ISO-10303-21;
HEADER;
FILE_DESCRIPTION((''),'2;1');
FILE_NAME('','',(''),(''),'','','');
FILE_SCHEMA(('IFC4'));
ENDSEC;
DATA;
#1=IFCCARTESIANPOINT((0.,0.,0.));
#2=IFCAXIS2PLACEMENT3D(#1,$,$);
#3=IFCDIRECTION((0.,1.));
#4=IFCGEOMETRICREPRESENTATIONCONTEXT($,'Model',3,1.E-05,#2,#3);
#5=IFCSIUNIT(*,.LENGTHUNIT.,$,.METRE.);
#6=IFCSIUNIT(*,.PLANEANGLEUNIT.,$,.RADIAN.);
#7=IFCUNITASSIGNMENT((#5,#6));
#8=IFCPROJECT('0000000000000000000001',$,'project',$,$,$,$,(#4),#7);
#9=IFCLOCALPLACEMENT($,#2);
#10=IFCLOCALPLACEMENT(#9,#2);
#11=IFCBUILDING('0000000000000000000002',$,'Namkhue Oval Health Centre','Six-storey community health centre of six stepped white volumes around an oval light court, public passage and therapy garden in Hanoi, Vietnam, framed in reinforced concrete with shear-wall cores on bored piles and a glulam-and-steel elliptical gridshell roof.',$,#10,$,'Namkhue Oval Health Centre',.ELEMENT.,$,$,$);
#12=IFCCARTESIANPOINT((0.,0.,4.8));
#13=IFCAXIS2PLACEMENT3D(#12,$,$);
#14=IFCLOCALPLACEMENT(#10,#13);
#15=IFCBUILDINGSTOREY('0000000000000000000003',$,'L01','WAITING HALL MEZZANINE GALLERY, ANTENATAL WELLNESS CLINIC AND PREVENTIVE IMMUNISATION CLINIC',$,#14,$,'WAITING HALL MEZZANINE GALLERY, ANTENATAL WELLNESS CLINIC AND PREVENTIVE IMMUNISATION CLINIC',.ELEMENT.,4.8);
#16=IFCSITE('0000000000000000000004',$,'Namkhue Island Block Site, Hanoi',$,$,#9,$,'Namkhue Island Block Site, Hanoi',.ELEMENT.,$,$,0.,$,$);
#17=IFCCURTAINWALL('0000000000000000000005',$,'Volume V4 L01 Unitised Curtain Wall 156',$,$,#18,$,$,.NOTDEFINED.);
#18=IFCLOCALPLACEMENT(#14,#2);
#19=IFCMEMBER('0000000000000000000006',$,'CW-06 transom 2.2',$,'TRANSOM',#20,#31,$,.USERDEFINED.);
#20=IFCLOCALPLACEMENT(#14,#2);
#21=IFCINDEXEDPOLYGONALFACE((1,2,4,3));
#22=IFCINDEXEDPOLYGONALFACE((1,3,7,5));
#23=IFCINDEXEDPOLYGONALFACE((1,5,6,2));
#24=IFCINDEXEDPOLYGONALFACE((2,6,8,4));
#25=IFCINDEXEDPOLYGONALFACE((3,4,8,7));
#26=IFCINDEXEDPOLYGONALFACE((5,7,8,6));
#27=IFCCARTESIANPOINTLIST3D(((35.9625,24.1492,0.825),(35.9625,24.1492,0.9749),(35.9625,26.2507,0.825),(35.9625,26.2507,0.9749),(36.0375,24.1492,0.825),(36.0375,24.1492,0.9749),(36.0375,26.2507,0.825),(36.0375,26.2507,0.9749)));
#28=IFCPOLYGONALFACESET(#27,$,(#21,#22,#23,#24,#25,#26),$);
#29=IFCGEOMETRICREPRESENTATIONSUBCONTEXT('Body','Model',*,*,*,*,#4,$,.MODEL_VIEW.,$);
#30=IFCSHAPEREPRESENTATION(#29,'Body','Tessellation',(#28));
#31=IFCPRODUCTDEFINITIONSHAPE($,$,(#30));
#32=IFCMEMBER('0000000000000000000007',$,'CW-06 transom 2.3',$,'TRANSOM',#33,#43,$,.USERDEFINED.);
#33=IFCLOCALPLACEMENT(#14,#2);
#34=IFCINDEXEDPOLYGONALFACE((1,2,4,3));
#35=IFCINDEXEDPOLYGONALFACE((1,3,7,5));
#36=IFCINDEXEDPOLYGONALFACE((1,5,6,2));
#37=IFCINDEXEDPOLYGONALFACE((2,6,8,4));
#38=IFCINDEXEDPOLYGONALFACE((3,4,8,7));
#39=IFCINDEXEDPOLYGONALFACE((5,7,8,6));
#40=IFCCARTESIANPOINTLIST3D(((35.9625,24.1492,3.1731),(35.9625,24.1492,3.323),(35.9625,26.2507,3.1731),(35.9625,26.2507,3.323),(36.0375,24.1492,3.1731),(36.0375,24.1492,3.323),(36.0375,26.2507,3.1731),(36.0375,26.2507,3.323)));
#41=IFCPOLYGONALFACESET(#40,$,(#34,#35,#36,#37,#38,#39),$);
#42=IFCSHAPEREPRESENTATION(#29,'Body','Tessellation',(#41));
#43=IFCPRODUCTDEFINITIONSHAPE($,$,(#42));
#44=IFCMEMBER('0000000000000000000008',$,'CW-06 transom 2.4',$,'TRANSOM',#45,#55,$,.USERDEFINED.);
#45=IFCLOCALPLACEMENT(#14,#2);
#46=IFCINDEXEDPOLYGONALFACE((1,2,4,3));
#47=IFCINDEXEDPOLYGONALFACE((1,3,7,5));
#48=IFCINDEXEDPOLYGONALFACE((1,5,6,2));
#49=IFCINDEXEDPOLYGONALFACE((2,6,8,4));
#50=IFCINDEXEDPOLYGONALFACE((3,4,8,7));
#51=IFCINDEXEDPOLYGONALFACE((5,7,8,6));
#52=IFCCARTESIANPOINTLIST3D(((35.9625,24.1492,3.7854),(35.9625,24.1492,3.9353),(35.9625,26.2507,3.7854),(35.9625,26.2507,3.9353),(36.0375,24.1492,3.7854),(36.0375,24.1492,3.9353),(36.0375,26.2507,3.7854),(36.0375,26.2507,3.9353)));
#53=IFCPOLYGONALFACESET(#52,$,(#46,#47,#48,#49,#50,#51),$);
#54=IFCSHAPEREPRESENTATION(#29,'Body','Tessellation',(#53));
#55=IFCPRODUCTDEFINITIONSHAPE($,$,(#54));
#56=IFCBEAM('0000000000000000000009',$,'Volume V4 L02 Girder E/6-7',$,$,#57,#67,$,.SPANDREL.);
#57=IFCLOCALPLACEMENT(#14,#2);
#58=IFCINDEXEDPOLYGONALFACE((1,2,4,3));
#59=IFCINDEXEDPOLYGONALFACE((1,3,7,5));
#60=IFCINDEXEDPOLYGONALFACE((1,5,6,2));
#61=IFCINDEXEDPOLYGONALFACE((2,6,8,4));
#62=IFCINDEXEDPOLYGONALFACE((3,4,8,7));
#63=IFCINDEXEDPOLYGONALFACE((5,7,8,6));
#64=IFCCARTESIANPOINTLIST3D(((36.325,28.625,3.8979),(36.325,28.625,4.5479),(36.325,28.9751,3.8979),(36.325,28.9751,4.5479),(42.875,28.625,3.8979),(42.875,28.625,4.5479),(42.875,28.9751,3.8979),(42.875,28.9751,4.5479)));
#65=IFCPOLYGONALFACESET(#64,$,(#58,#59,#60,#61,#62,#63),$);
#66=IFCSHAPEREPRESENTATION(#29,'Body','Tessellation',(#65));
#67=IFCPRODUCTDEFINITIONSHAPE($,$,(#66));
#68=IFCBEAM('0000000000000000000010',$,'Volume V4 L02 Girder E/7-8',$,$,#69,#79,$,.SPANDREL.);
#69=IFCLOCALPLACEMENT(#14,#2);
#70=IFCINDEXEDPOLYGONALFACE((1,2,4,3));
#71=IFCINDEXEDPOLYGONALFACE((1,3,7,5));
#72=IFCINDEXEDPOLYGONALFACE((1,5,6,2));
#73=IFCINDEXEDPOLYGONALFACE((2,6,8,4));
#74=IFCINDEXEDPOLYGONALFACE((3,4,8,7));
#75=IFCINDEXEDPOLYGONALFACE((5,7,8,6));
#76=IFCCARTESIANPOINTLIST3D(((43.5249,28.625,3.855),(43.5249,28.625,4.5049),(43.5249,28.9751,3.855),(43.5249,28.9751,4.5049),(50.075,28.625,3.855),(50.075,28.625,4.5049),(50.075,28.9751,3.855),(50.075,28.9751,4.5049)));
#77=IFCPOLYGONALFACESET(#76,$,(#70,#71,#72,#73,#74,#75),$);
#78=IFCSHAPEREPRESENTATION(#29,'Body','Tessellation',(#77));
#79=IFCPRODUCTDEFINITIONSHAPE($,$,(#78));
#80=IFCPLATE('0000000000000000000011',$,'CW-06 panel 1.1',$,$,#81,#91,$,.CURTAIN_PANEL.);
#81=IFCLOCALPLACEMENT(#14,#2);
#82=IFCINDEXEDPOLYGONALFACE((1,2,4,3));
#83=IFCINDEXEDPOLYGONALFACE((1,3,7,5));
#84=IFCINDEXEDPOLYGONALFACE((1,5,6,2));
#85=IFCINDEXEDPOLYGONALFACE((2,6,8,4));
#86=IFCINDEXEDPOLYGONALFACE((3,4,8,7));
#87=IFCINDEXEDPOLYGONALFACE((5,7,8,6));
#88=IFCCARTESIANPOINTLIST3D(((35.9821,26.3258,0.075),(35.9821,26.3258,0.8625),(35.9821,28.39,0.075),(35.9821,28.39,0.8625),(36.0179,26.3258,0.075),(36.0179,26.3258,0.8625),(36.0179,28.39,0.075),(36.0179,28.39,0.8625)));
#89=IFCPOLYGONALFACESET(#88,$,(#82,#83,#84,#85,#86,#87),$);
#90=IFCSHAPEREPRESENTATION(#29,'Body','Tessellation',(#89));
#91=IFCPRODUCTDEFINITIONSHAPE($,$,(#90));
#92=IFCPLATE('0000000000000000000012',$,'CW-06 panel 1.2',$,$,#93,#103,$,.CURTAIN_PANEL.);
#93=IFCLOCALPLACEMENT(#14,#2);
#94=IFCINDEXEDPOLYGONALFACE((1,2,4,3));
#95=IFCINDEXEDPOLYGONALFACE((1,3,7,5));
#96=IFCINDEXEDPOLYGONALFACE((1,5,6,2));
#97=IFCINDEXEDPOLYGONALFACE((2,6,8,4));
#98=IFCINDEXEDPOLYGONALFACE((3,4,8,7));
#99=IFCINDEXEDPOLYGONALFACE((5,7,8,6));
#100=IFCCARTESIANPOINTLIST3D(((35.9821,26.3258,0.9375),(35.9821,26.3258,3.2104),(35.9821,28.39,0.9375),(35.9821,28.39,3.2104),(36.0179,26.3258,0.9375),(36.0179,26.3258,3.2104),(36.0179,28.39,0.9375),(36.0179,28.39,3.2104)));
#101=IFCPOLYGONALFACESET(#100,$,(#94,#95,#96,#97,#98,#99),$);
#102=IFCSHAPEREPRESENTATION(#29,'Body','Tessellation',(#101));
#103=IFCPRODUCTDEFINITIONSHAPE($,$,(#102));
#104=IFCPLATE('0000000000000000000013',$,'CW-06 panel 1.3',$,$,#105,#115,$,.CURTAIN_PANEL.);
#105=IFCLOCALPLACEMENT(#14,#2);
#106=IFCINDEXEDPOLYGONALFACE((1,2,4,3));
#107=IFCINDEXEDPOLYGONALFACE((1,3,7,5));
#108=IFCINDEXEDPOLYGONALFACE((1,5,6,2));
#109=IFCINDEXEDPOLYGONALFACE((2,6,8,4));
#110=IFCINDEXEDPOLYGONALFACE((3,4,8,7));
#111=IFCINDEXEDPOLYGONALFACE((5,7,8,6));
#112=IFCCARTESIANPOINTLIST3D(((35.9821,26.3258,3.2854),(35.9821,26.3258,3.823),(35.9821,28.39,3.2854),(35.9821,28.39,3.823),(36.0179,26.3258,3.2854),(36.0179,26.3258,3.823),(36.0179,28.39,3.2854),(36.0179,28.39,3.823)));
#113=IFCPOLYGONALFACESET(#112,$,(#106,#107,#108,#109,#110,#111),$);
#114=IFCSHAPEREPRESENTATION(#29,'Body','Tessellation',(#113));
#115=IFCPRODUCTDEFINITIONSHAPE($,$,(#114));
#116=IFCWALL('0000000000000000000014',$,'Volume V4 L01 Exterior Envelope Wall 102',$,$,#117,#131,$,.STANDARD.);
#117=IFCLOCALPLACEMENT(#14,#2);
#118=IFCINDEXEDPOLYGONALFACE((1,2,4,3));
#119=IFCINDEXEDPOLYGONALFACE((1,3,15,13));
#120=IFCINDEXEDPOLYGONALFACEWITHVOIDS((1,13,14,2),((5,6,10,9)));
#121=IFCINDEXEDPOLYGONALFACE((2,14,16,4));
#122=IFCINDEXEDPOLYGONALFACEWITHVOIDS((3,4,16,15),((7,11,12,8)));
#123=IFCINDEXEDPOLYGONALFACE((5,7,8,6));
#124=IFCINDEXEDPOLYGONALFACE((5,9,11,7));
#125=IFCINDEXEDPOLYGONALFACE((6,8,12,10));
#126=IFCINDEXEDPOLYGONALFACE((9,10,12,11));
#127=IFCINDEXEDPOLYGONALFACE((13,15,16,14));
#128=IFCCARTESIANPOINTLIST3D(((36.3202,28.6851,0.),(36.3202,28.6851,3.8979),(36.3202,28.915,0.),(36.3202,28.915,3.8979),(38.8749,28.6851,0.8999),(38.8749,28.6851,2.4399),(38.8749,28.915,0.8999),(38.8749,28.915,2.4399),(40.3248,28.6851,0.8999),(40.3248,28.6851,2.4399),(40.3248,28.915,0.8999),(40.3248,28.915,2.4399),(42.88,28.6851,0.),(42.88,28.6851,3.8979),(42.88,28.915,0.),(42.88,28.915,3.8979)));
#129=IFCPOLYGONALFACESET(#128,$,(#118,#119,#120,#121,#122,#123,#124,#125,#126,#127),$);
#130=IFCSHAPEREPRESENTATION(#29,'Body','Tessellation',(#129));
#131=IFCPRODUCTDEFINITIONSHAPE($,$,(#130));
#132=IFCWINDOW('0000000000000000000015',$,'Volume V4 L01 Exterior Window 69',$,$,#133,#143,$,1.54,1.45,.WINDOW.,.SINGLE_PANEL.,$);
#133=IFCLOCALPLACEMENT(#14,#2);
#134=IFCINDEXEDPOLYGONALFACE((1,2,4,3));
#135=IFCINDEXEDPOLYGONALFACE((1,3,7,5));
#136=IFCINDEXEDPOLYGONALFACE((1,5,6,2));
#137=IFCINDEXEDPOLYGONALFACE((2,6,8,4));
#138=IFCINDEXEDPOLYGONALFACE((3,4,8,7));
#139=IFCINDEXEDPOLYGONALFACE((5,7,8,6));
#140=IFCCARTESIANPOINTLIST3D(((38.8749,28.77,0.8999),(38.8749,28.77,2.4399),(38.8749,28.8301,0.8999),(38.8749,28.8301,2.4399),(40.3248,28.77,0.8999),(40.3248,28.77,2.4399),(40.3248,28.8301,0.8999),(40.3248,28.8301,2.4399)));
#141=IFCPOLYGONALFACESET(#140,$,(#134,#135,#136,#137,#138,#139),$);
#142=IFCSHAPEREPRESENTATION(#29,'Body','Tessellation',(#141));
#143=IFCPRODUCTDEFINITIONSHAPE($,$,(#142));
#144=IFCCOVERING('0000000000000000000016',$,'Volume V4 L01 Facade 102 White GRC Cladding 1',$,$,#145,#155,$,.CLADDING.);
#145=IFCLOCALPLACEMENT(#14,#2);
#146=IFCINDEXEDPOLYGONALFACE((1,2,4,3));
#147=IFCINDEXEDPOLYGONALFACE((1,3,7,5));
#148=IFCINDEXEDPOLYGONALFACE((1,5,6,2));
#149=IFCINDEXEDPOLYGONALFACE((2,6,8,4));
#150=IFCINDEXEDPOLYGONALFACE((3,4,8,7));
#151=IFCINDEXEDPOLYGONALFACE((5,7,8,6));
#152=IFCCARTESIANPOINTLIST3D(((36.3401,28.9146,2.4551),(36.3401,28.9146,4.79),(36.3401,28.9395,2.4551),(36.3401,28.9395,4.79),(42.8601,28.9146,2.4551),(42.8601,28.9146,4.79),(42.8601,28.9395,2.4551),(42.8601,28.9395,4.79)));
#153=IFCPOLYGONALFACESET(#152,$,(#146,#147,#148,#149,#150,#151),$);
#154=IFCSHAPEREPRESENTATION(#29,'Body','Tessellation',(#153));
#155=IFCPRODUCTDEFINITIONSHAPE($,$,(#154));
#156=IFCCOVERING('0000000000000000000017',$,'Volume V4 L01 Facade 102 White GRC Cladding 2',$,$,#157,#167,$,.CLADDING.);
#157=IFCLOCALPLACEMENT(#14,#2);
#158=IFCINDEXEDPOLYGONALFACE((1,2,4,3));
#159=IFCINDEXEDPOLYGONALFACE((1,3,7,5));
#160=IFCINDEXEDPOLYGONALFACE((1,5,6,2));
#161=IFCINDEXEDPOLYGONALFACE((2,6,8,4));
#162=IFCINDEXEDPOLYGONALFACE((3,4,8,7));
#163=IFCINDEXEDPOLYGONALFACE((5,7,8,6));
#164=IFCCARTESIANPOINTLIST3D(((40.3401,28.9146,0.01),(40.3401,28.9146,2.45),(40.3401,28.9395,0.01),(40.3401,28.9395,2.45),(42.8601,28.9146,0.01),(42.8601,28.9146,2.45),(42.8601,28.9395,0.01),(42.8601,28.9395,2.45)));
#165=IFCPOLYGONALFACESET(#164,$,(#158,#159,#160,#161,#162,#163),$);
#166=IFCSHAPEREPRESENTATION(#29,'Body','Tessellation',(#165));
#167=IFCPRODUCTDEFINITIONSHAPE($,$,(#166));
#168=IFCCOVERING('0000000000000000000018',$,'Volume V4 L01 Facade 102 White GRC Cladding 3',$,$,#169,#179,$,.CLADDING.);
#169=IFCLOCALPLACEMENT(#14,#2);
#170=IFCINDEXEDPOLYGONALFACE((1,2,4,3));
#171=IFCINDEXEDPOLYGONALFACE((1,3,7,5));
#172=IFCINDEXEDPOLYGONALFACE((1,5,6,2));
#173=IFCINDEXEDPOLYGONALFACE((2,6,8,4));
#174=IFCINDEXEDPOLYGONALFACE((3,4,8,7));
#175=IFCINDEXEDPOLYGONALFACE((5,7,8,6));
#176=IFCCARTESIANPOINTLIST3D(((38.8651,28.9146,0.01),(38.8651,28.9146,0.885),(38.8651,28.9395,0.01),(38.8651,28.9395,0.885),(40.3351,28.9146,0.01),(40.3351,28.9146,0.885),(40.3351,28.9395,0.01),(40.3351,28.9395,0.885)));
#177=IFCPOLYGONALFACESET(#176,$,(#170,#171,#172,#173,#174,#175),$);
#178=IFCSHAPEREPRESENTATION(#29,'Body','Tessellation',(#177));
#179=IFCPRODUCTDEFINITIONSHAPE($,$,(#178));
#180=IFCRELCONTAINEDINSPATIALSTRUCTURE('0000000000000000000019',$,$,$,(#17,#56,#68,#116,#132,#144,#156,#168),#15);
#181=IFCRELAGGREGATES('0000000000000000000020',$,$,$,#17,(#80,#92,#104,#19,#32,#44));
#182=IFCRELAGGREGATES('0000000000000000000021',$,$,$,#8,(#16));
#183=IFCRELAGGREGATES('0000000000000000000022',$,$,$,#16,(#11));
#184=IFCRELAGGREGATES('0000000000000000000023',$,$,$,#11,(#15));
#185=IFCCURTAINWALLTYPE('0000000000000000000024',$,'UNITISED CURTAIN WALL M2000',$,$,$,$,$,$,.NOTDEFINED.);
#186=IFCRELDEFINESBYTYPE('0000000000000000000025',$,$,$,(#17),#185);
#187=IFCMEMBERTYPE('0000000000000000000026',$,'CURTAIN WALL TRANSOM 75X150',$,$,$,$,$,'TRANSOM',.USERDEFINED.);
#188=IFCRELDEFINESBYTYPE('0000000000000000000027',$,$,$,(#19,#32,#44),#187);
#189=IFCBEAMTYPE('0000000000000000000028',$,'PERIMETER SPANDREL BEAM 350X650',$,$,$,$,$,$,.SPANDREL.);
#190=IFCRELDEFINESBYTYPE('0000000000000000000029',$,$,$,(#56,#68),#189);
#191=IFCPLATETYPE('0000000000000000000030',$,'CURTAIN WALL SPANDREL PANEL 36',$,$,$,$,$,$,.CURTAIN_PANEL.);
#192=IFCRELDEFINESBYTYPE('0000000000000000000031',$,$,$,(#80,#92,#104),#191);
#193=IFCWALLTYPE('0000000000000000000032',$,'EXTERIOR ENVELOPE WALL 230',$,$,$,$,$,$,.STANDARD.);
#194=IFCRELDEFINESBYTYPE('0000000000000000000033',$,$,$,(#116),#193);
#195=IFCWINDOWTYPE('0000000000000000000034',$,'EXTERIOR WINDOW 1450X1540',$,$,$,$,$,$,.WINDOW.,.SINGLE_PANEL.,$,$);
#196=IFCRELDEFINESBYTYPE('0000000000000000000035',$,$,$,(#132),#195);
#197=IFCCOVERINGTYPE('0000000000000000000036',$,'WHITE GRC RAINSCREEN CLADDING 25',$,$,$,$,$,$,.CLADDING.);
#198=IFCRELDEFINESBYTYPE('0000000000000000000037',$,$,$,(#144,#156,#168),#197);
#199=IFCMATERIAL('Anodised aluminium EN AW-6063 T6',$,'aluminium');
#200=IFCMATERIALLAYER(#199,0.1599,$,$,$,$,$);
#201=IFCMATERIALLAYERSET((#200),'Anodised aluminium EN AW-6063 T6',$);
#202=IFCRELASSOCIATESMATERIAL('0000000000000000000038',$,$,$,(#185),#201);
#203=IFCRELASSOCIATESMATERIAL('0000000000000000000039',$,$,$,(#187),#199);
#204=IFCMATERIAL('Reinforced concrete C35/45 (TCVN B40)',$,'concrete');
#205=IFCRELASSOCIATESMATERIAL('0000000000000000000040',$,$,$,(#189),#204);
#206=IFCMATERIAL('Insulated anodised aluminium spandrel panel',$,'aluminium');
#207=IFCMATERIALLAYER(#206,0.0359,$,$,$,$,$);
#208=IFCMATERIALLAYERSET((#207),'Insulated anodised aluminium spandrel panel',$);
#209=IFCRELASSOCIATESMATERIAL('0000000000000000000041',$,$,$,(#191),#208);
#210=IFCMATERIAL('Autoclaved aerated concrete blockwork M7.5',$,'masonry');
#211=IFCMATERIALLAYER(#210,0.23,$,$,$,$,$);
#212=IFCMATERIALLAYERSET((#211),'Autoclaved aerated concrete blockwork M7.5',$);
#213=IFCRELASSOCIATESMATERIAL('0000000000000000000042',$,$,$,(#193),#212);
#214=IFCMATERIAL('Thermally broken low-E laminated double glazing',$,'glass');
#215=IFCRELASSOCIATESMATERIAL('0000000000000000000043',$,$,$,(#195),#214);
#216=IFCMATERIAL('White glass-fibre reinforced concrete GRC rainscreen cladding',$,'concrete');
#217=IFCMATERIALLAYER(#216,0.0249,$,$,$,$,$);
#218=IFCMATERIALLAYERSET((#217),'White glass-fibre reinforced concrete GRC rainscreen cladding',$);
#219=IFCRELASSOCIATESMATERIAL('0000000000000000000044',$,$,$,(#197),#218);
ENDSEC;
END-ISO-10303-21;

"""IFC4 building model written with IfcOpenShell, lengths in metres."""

from ifc_helpers import new_model, si_unit, direction, frame, frame_2d, origin, origin_2d, place, context, subcontext, project, spatial, rectangle, extrude, material, layer, layer_set, material_profile, profile_set, type_object, element, fill, aggregate, save


model = new_model("IFC4")

# Units and contexts
model_context = context("Model", 3, precision=1e-05, world=origin(), true_north=direction((0.0, 1.0)))
body_context = subcontext(model_context, "Body", "Model", "MODEL_VIEW")
ifc_project = project(units=[si_unit("LENGTHUNIT", "METRE"), si_unit("PLANEANGLEUNIT", "RADIAN")], contexts=[model_context])

# Site, building, storey
site_placement = place(None, origin())
site = spatial("IfcSite", under=ifc_project, at=site_placement, Name="Namkhue Island Block Site, Hanoi", LongName="Namkhue Island Block Site, Hanoi", CompositionType="ELEMENT", RefElevation=0.0)
building_placement = place(site_placement, origin())
building = spatial("IfcBuilding", under=site, at=building_placement, Name="Namkhue Oval Health Centre", Description="Six-storey community health centre of six stepped white volumes around an oval light court, public passage and therapy garden in Hanoi, Vietnam, framed in reinforced concrete with shear-wall cores on bored piles and a glulam-and-steel elliptical gridshell roof.", LongName="Namkhue Oval Health Centre", CompositionType="ELEMENT")
storey_placement = place(building_placement, frame((0.0, 0.0, 4.8)))
storey = spatial("IfcBuildingStorey", under=building, at=storey_placement, Name="L01", Description="WAITING HALL MEZZANINE GALLERY, ANTENATAL WELLNESS CLINIC AND PREVENTIVE IMMUNISATION CLINIC", LongName="WAITING HALL MEZZANINE GALLERY, ANTENATAL WELLNESS CLINIC AND PREVENTIVE IMMUNISATION CLINIC", CompositionType="ELEMENT", Elevation=4.8)

# Shared definitions
ifc_material_1 = material(Name="Reinforced concrete C35/45 (TCVN B40)", Category="concrete")

# Shared definitions
ifc_material_2 = material(Name="Anodised aluminium EN AW-6063 T6", Category="aluminium")

# Curtain wall, members
ifc_layer_1 = layer(ifc_material_2, 0.1599)
ifc_layer_set_1 = layer_set([ifc_layer_1], Name="Anodised aluminium EN AW-6063 T6")
curtain_wall_type_1 = type_object("IfcCurtainWallType", Name="UNITISED CURTAIN WALL M2000", PredefinedType="NOTDEFINED", material=ifc_layer_set_1)
curtain_wall_1_placement = place(storey_placement, origin())
curtain_wall_1 = element("IfcCurtainWall", 1, at=curtain_wall_1_placement, inside=storey, type_object=curtain_wall_type_1, Name="Volume V4 L01 Unitised Curtain Wall 156", PredefinedType="NOTDEFINED")
ifc_material_profile_1 = material_profile(ifc_material_2, rectangle(XDim=0.075, YDim=0.1499, at=origin_2d()), Name="ALU 75x150")
ifc_profile_set_1 = profile_set([ifc_material_profile_1], Name="Anodised aluminium EN AW-6063 T6")
member_type_1 = type_object("IfcMemberType", Name="CURTAIN WALL TRANSOM 75X150", ElementType="TRANSOM", PredefinedType="USERDEFINED", material=ifc_profile_set_1)
member_1_placement = place(storey_placement, frame((36.0, 26.2507, 0.8999), z_axis=(0.0, -1.0, 0.0), x_axis=(1.0, 0.0, 0.0)))
member_1 = element("IfcMember", 2, at=member_1_placement, type_object=member_type_1, Name="CW-06 transom 2.2", ObjectType="TRANSOM", PredefinedType="USERDEFINED", context=body_context, shape_type="SweptSolid", body=[
    extrude(rectangle(XDim=0.075, YDim=0.1499, at=origin_2d()), origin(), (0.0, 0.0, 1.0), 2.1016),
])
member_2_placement = place(storey_placement, frame((36.0, 26.2507, 3.248), z_axis=(0.0, -1.0, 0.0), x_axis=(1.0, 0.0, 0.0)))
member_2 = element("IfcMember", 3, at=member_2_placement, type_object=member_type_1, Name="CW-06 transom 2.3", ObjectType="TRANSOM", PredefinedType="USERDEFINED", context=body_context, shape_type="SweptSolid", body=[
    extrude(rectangle(XDim=0.075, YDim=0.1499, at=origin_2d()), origin(), (0.0, 0.0, 1.0), 2.1016),
])
member_3_placement = place(storey_placement, frame((36.0, 26.2507, 3.8604), z_axis=(0.0, -1.0, 0.0), x_axis=(1.0, 0.0, 0.0)))
member_3 = element("IfcMember", 4, at=member_3_placement, type_object=member_type_1, Name="CW-06 transom 2.4", ObjectType="TRANSOM", PredefinedType="USERDEFINED", context=body_context, shape_type="SweptSolid", body=[
    extrude(rectangle(XDim=0.075, YDim=0.1499, at=origin_2d()), origin(), (0.0, 0.0, 1.0), 2.1016),
])

# Beams
ifc_material_profile_2 = material_profile(ifc_material_1, rectangle(XDim=0.3501, YDim=0.6499, at=origin_2d()), Name="RC 350x650")
ifc_profile_set_2 = profile_set([ifc_material_profile_2], Name="Reinforced concrete C35/45 (TCVN B40)")
beam_type = type_object("IfcBeamType", Name="PERIMETER SPANDREL BEAM 350X650", PredefinedType="SPANDREL", material=ifc_profile_set_2)
for number, where, z_axis, x_axis, name in (
    (5, (36.325, 28.8, 4.2229), (1.0, 0.0, 0.0), (0.0, 1.0, 0.0), "Volume V4 L02 Girder E/6-7"),
    (6, (43.5249, 28.8, 4.1799), (1.0, 0.0, 0.0), (0.0, 1.0, 0.0), "Volume V4 L02 Girder E/7-8"),
):
    element("IfcBeam", number, at=place(storey_placement, frame(where, z_axis=z_axis, x_axis=x_axis)), inside=storey, type_object=beam_type, Name=name, PredefinedType="SPANDREL", context=body_context, shape_type="SweptSolid", body=[
        extrude(rectangle(XDim=0.3501, YDim=0.6499, at=origin_2d()), origin(), (0.0, 0.0, 1.0), 6.55),
    ])

# Plates
ifc_material_3 = material(Name="Insulated anodised aluminium spandrel panel", Category="aluminium")
ifc_layer_2 = layer(ifc_material_3, 0.0359)
ifc_layer_set_2 = layer_set([ifc_layer_2], Name="Insulated anodised aluminium spandrel panel")
plate_type = type_object("IfcPlateType", Name="CURTAIN WALL SPANDREL PANEL 36", PredefinedType="CURTAIN_PANEL", material=ifc_layer_set_2)
plate_1_placement = place(storey_placement, frame((36.0, 27.3579, 0.075), z_axis=(0.0, 0.0, 1.0), x_axis=(0.0, -1.0, 0.0)))
plate_1 = element("IfcPlate", 7, at=plate_1_placement, type_object=plate_type, Name="CW-06 panel 1.1", PredefinedType="CURTAIN_PANEL", context=body_context, shape_type="SweptSolid", body=[
    extrude(rectangle(XDim=2.0642, YDim=0.0359, at=origin_2d()), origin(), (0.0, 0.0, 1.0), 0.7876),
])
plate_2_placement = place(storey_placement, frame((36.0, 27.3579, 0.9375), z_axis=(0.0, 0.0, 1.0), x_axis=(0.0, -1.0, 0.0)))
plate_2 = element("IfcPlate", 8, at=plate_2_placement, type_object=plate_type, Name="CW-06 panel 1.2", PredefinedType="CURTAIN_PANEL", context=body_context, shape_type="SweptSolid", body=[
    extrude(rectangle(XDim=2.0642, YDim=0.0359, at=origin_2d()), origin(), (0.0, 0.0, 1.0), 2.2729),
])
plate_3_placement = place(storey_placement, frame((36.0, 27.3579, 3.2854), z_axis=(0.0, 0.0, 1.0), x_axis=(0.0, -1.0, 0.0)))
plate_3 = element("IfcPlate", 9, at=plate_3_placement, type_object=plate_type, Name="CW-06 panel 1.3", PredefinedType="CURTAIN_PANEL", context=body_context, shape_type="SweptSolid", body=[
    extrude(rectangle(XDim=2.0642, YDim=0.0359, at=origin_2d()), origin(), (0.0, 0.0, 1.0), 0.5376),
])
aggregate(curtain_wall_1, [plate_1, plate_2, plate_3, member_1, member_2, member_3])

# Wall, opening, window
ifc_material_4 = material(Name="Autoclaved aerated concrete blockwork M7.5", Category="masonry")
ifc_layer_3 = layer(ifc_material_4, 0.23)
ifc_layer_set_3 = layer_set([ifc_layer_3], Name="Autoclaved aerated concrete blockwork M7.5")
wall_type = type_object("IfcWallType", Name="EXTERIOR ENVELOPE WALL 230", PredefinedType="STANDARD", material=ifc_layer_set_3)
wall_placement = place(storey_placement, frame((42.8799, 28.8, 0.0), z_axis=(0.0, 0.0, 1.0), x_axis=(-1.0, 0.0, 0.0)))
wall = element("IfcWall", 10, at=wall_placement, inside=storey, type_object=wall_type, Name="Volume V4 L01 Exterior Envelope Wall 102", PredefinedType="STANDARD", context=body_context, shape_type="SweptSolid", body=[
    extrude(rectangle(XDim=6.5598, YDim=0.23, at=frame_2d((3.2798, 0.0))), origin(), (0.0, 0.0, 1.0), 3.8979),
])
opening_placement = place(wall_placement, frame((2.5549, 0.0, 0.8999)))
opening = element("IfcOpeningElement", 11, at=opening_placement, cuts=wall, PredefinedType="OPENING", context=body_context, shape_type="SweptSolid", body=[
    extrude(rectangle(XDim=1.45, YDim=1.54, at=frame_2d((0.7251, 0.77))), frame((0.0, 0.125, 0.0), z_axis=(0.0, -1.0, 0.0), x_axis=(1.0, 0.0, 0.0)), (0.0, 0.0, 1.0), 0.25),
])
ifc_material_5 = material(Name="Thermally broken low-E laminated double glazing", Category="glass")
window_type = type_object("IfcWindowType", Name="EXTERIOR WINDOW 1450X1540", PartitioningType="SINGLE_PANEL", PredefinedType="WINDOW", material=ifc_material_5)
window_placement = place(opening_placement, origin())
window = element("IfcWindow", 12, at=window_placement, inside=storey, type_object=window_type, Name="Volume V4 L01 Exterior Window 69", OverallHeight=1.54, OverallWidth=1.45, PartitioningType="SINGLE_PANEL", PredefinedType="WINDOW", context=body_context, shape_type="SweptSolid", body=[
    extrude(rectangle(XDim=1.45, YDim=1.54, at=frame_2d((0.7251, 0.77))), frame((0.0, 0.03, 0.0), z_axis=(0.0, -1.0, 0.0), x_axis=(1.0, 0.0, 0.0)), (0.0, 0.0, 1.0), 0.0601),
])
fill(opening, window)

# Coverings
ifc_material_6 = material(Name="White glass-fibre reinforced concrete GRC rainscreen cladding", Category="concrete")
ifc_layer_4 = layer(ifc_material_6, 0.0249)
ifc_layer_set_4 = layer_set([ifc_layer_4], Name="White glass-fibre reinforced concrete GRC rainscreen cladding")
covering_type = type_object("IfcCoveringType", Name="WHITE GRC RAINSCREEN CLADDING 25", PredefinedType="CLADDING", material=ifc_layer_set_4)
covering_1_placement = place(storey_placement, frame((39.6001, 28.927, 2.4551), z_axis=(0.0, 0.0, 1.0), x_axis=(-1.0, 0.0, 0.0)))
element("IfcCovering", 13, at=covering_1_placement, inside=storey, type_object=covering_type, Name="Volume V4 L01 Facade 102 White GRC Cladding 1", PredefinedType="CLADDING", context=body_context, shape_type="SweptSolid", body=[
    extrude(rectangle(XDim=6.52, YDim=0.0249, at=origin_2d()), origin(), (0.0, 0.0, 1.0), 2.335),
])
covering_2_placement = place(storey_placement, frame((41.6001, 28.927, 0.01), z_axis=(0.0, 0.0, 1.0), x_axis=(-1.0, 0.0, 0.0)))
element("IfcCovering", 14, at=covering_2_placement, inside=storey, type_object=covering_type, Name="Volume V4 L01 Facade 102 White GRC Cladding 2", PredefinedType="CLADDING", context=body_context, shape_type="SweptSolid", body=[
    extrude(rectangle(XDim=2.52, YDim=0.0249, at=origin_2d()), origin(), (0.0, 0.0, 1.0), 2.4399),
])
covering_3_placement = place(storey_placement, frame((39.6001, 28.927, 0.01), z_axis=(0.0, 0.0, 1.0), x_axis=(-1.0, 0.0, 0.0)))
element("IfcCovering", 15, at=covering_3_placement, inside=storey, type_object=covering_type, Name="Volume V4 L01 Facade 102 White GRC Cladding 3", PredefinedType="CLADDING", context=body_context, shape_type="SweptSolid", body=[
    extrude(rectangle(XDim=1.47, YDim=0.0249, at=origin_2d()), origin(), (0.0, 0.0, 1.0), 0.875),
])

save(model, "model.ifc")
